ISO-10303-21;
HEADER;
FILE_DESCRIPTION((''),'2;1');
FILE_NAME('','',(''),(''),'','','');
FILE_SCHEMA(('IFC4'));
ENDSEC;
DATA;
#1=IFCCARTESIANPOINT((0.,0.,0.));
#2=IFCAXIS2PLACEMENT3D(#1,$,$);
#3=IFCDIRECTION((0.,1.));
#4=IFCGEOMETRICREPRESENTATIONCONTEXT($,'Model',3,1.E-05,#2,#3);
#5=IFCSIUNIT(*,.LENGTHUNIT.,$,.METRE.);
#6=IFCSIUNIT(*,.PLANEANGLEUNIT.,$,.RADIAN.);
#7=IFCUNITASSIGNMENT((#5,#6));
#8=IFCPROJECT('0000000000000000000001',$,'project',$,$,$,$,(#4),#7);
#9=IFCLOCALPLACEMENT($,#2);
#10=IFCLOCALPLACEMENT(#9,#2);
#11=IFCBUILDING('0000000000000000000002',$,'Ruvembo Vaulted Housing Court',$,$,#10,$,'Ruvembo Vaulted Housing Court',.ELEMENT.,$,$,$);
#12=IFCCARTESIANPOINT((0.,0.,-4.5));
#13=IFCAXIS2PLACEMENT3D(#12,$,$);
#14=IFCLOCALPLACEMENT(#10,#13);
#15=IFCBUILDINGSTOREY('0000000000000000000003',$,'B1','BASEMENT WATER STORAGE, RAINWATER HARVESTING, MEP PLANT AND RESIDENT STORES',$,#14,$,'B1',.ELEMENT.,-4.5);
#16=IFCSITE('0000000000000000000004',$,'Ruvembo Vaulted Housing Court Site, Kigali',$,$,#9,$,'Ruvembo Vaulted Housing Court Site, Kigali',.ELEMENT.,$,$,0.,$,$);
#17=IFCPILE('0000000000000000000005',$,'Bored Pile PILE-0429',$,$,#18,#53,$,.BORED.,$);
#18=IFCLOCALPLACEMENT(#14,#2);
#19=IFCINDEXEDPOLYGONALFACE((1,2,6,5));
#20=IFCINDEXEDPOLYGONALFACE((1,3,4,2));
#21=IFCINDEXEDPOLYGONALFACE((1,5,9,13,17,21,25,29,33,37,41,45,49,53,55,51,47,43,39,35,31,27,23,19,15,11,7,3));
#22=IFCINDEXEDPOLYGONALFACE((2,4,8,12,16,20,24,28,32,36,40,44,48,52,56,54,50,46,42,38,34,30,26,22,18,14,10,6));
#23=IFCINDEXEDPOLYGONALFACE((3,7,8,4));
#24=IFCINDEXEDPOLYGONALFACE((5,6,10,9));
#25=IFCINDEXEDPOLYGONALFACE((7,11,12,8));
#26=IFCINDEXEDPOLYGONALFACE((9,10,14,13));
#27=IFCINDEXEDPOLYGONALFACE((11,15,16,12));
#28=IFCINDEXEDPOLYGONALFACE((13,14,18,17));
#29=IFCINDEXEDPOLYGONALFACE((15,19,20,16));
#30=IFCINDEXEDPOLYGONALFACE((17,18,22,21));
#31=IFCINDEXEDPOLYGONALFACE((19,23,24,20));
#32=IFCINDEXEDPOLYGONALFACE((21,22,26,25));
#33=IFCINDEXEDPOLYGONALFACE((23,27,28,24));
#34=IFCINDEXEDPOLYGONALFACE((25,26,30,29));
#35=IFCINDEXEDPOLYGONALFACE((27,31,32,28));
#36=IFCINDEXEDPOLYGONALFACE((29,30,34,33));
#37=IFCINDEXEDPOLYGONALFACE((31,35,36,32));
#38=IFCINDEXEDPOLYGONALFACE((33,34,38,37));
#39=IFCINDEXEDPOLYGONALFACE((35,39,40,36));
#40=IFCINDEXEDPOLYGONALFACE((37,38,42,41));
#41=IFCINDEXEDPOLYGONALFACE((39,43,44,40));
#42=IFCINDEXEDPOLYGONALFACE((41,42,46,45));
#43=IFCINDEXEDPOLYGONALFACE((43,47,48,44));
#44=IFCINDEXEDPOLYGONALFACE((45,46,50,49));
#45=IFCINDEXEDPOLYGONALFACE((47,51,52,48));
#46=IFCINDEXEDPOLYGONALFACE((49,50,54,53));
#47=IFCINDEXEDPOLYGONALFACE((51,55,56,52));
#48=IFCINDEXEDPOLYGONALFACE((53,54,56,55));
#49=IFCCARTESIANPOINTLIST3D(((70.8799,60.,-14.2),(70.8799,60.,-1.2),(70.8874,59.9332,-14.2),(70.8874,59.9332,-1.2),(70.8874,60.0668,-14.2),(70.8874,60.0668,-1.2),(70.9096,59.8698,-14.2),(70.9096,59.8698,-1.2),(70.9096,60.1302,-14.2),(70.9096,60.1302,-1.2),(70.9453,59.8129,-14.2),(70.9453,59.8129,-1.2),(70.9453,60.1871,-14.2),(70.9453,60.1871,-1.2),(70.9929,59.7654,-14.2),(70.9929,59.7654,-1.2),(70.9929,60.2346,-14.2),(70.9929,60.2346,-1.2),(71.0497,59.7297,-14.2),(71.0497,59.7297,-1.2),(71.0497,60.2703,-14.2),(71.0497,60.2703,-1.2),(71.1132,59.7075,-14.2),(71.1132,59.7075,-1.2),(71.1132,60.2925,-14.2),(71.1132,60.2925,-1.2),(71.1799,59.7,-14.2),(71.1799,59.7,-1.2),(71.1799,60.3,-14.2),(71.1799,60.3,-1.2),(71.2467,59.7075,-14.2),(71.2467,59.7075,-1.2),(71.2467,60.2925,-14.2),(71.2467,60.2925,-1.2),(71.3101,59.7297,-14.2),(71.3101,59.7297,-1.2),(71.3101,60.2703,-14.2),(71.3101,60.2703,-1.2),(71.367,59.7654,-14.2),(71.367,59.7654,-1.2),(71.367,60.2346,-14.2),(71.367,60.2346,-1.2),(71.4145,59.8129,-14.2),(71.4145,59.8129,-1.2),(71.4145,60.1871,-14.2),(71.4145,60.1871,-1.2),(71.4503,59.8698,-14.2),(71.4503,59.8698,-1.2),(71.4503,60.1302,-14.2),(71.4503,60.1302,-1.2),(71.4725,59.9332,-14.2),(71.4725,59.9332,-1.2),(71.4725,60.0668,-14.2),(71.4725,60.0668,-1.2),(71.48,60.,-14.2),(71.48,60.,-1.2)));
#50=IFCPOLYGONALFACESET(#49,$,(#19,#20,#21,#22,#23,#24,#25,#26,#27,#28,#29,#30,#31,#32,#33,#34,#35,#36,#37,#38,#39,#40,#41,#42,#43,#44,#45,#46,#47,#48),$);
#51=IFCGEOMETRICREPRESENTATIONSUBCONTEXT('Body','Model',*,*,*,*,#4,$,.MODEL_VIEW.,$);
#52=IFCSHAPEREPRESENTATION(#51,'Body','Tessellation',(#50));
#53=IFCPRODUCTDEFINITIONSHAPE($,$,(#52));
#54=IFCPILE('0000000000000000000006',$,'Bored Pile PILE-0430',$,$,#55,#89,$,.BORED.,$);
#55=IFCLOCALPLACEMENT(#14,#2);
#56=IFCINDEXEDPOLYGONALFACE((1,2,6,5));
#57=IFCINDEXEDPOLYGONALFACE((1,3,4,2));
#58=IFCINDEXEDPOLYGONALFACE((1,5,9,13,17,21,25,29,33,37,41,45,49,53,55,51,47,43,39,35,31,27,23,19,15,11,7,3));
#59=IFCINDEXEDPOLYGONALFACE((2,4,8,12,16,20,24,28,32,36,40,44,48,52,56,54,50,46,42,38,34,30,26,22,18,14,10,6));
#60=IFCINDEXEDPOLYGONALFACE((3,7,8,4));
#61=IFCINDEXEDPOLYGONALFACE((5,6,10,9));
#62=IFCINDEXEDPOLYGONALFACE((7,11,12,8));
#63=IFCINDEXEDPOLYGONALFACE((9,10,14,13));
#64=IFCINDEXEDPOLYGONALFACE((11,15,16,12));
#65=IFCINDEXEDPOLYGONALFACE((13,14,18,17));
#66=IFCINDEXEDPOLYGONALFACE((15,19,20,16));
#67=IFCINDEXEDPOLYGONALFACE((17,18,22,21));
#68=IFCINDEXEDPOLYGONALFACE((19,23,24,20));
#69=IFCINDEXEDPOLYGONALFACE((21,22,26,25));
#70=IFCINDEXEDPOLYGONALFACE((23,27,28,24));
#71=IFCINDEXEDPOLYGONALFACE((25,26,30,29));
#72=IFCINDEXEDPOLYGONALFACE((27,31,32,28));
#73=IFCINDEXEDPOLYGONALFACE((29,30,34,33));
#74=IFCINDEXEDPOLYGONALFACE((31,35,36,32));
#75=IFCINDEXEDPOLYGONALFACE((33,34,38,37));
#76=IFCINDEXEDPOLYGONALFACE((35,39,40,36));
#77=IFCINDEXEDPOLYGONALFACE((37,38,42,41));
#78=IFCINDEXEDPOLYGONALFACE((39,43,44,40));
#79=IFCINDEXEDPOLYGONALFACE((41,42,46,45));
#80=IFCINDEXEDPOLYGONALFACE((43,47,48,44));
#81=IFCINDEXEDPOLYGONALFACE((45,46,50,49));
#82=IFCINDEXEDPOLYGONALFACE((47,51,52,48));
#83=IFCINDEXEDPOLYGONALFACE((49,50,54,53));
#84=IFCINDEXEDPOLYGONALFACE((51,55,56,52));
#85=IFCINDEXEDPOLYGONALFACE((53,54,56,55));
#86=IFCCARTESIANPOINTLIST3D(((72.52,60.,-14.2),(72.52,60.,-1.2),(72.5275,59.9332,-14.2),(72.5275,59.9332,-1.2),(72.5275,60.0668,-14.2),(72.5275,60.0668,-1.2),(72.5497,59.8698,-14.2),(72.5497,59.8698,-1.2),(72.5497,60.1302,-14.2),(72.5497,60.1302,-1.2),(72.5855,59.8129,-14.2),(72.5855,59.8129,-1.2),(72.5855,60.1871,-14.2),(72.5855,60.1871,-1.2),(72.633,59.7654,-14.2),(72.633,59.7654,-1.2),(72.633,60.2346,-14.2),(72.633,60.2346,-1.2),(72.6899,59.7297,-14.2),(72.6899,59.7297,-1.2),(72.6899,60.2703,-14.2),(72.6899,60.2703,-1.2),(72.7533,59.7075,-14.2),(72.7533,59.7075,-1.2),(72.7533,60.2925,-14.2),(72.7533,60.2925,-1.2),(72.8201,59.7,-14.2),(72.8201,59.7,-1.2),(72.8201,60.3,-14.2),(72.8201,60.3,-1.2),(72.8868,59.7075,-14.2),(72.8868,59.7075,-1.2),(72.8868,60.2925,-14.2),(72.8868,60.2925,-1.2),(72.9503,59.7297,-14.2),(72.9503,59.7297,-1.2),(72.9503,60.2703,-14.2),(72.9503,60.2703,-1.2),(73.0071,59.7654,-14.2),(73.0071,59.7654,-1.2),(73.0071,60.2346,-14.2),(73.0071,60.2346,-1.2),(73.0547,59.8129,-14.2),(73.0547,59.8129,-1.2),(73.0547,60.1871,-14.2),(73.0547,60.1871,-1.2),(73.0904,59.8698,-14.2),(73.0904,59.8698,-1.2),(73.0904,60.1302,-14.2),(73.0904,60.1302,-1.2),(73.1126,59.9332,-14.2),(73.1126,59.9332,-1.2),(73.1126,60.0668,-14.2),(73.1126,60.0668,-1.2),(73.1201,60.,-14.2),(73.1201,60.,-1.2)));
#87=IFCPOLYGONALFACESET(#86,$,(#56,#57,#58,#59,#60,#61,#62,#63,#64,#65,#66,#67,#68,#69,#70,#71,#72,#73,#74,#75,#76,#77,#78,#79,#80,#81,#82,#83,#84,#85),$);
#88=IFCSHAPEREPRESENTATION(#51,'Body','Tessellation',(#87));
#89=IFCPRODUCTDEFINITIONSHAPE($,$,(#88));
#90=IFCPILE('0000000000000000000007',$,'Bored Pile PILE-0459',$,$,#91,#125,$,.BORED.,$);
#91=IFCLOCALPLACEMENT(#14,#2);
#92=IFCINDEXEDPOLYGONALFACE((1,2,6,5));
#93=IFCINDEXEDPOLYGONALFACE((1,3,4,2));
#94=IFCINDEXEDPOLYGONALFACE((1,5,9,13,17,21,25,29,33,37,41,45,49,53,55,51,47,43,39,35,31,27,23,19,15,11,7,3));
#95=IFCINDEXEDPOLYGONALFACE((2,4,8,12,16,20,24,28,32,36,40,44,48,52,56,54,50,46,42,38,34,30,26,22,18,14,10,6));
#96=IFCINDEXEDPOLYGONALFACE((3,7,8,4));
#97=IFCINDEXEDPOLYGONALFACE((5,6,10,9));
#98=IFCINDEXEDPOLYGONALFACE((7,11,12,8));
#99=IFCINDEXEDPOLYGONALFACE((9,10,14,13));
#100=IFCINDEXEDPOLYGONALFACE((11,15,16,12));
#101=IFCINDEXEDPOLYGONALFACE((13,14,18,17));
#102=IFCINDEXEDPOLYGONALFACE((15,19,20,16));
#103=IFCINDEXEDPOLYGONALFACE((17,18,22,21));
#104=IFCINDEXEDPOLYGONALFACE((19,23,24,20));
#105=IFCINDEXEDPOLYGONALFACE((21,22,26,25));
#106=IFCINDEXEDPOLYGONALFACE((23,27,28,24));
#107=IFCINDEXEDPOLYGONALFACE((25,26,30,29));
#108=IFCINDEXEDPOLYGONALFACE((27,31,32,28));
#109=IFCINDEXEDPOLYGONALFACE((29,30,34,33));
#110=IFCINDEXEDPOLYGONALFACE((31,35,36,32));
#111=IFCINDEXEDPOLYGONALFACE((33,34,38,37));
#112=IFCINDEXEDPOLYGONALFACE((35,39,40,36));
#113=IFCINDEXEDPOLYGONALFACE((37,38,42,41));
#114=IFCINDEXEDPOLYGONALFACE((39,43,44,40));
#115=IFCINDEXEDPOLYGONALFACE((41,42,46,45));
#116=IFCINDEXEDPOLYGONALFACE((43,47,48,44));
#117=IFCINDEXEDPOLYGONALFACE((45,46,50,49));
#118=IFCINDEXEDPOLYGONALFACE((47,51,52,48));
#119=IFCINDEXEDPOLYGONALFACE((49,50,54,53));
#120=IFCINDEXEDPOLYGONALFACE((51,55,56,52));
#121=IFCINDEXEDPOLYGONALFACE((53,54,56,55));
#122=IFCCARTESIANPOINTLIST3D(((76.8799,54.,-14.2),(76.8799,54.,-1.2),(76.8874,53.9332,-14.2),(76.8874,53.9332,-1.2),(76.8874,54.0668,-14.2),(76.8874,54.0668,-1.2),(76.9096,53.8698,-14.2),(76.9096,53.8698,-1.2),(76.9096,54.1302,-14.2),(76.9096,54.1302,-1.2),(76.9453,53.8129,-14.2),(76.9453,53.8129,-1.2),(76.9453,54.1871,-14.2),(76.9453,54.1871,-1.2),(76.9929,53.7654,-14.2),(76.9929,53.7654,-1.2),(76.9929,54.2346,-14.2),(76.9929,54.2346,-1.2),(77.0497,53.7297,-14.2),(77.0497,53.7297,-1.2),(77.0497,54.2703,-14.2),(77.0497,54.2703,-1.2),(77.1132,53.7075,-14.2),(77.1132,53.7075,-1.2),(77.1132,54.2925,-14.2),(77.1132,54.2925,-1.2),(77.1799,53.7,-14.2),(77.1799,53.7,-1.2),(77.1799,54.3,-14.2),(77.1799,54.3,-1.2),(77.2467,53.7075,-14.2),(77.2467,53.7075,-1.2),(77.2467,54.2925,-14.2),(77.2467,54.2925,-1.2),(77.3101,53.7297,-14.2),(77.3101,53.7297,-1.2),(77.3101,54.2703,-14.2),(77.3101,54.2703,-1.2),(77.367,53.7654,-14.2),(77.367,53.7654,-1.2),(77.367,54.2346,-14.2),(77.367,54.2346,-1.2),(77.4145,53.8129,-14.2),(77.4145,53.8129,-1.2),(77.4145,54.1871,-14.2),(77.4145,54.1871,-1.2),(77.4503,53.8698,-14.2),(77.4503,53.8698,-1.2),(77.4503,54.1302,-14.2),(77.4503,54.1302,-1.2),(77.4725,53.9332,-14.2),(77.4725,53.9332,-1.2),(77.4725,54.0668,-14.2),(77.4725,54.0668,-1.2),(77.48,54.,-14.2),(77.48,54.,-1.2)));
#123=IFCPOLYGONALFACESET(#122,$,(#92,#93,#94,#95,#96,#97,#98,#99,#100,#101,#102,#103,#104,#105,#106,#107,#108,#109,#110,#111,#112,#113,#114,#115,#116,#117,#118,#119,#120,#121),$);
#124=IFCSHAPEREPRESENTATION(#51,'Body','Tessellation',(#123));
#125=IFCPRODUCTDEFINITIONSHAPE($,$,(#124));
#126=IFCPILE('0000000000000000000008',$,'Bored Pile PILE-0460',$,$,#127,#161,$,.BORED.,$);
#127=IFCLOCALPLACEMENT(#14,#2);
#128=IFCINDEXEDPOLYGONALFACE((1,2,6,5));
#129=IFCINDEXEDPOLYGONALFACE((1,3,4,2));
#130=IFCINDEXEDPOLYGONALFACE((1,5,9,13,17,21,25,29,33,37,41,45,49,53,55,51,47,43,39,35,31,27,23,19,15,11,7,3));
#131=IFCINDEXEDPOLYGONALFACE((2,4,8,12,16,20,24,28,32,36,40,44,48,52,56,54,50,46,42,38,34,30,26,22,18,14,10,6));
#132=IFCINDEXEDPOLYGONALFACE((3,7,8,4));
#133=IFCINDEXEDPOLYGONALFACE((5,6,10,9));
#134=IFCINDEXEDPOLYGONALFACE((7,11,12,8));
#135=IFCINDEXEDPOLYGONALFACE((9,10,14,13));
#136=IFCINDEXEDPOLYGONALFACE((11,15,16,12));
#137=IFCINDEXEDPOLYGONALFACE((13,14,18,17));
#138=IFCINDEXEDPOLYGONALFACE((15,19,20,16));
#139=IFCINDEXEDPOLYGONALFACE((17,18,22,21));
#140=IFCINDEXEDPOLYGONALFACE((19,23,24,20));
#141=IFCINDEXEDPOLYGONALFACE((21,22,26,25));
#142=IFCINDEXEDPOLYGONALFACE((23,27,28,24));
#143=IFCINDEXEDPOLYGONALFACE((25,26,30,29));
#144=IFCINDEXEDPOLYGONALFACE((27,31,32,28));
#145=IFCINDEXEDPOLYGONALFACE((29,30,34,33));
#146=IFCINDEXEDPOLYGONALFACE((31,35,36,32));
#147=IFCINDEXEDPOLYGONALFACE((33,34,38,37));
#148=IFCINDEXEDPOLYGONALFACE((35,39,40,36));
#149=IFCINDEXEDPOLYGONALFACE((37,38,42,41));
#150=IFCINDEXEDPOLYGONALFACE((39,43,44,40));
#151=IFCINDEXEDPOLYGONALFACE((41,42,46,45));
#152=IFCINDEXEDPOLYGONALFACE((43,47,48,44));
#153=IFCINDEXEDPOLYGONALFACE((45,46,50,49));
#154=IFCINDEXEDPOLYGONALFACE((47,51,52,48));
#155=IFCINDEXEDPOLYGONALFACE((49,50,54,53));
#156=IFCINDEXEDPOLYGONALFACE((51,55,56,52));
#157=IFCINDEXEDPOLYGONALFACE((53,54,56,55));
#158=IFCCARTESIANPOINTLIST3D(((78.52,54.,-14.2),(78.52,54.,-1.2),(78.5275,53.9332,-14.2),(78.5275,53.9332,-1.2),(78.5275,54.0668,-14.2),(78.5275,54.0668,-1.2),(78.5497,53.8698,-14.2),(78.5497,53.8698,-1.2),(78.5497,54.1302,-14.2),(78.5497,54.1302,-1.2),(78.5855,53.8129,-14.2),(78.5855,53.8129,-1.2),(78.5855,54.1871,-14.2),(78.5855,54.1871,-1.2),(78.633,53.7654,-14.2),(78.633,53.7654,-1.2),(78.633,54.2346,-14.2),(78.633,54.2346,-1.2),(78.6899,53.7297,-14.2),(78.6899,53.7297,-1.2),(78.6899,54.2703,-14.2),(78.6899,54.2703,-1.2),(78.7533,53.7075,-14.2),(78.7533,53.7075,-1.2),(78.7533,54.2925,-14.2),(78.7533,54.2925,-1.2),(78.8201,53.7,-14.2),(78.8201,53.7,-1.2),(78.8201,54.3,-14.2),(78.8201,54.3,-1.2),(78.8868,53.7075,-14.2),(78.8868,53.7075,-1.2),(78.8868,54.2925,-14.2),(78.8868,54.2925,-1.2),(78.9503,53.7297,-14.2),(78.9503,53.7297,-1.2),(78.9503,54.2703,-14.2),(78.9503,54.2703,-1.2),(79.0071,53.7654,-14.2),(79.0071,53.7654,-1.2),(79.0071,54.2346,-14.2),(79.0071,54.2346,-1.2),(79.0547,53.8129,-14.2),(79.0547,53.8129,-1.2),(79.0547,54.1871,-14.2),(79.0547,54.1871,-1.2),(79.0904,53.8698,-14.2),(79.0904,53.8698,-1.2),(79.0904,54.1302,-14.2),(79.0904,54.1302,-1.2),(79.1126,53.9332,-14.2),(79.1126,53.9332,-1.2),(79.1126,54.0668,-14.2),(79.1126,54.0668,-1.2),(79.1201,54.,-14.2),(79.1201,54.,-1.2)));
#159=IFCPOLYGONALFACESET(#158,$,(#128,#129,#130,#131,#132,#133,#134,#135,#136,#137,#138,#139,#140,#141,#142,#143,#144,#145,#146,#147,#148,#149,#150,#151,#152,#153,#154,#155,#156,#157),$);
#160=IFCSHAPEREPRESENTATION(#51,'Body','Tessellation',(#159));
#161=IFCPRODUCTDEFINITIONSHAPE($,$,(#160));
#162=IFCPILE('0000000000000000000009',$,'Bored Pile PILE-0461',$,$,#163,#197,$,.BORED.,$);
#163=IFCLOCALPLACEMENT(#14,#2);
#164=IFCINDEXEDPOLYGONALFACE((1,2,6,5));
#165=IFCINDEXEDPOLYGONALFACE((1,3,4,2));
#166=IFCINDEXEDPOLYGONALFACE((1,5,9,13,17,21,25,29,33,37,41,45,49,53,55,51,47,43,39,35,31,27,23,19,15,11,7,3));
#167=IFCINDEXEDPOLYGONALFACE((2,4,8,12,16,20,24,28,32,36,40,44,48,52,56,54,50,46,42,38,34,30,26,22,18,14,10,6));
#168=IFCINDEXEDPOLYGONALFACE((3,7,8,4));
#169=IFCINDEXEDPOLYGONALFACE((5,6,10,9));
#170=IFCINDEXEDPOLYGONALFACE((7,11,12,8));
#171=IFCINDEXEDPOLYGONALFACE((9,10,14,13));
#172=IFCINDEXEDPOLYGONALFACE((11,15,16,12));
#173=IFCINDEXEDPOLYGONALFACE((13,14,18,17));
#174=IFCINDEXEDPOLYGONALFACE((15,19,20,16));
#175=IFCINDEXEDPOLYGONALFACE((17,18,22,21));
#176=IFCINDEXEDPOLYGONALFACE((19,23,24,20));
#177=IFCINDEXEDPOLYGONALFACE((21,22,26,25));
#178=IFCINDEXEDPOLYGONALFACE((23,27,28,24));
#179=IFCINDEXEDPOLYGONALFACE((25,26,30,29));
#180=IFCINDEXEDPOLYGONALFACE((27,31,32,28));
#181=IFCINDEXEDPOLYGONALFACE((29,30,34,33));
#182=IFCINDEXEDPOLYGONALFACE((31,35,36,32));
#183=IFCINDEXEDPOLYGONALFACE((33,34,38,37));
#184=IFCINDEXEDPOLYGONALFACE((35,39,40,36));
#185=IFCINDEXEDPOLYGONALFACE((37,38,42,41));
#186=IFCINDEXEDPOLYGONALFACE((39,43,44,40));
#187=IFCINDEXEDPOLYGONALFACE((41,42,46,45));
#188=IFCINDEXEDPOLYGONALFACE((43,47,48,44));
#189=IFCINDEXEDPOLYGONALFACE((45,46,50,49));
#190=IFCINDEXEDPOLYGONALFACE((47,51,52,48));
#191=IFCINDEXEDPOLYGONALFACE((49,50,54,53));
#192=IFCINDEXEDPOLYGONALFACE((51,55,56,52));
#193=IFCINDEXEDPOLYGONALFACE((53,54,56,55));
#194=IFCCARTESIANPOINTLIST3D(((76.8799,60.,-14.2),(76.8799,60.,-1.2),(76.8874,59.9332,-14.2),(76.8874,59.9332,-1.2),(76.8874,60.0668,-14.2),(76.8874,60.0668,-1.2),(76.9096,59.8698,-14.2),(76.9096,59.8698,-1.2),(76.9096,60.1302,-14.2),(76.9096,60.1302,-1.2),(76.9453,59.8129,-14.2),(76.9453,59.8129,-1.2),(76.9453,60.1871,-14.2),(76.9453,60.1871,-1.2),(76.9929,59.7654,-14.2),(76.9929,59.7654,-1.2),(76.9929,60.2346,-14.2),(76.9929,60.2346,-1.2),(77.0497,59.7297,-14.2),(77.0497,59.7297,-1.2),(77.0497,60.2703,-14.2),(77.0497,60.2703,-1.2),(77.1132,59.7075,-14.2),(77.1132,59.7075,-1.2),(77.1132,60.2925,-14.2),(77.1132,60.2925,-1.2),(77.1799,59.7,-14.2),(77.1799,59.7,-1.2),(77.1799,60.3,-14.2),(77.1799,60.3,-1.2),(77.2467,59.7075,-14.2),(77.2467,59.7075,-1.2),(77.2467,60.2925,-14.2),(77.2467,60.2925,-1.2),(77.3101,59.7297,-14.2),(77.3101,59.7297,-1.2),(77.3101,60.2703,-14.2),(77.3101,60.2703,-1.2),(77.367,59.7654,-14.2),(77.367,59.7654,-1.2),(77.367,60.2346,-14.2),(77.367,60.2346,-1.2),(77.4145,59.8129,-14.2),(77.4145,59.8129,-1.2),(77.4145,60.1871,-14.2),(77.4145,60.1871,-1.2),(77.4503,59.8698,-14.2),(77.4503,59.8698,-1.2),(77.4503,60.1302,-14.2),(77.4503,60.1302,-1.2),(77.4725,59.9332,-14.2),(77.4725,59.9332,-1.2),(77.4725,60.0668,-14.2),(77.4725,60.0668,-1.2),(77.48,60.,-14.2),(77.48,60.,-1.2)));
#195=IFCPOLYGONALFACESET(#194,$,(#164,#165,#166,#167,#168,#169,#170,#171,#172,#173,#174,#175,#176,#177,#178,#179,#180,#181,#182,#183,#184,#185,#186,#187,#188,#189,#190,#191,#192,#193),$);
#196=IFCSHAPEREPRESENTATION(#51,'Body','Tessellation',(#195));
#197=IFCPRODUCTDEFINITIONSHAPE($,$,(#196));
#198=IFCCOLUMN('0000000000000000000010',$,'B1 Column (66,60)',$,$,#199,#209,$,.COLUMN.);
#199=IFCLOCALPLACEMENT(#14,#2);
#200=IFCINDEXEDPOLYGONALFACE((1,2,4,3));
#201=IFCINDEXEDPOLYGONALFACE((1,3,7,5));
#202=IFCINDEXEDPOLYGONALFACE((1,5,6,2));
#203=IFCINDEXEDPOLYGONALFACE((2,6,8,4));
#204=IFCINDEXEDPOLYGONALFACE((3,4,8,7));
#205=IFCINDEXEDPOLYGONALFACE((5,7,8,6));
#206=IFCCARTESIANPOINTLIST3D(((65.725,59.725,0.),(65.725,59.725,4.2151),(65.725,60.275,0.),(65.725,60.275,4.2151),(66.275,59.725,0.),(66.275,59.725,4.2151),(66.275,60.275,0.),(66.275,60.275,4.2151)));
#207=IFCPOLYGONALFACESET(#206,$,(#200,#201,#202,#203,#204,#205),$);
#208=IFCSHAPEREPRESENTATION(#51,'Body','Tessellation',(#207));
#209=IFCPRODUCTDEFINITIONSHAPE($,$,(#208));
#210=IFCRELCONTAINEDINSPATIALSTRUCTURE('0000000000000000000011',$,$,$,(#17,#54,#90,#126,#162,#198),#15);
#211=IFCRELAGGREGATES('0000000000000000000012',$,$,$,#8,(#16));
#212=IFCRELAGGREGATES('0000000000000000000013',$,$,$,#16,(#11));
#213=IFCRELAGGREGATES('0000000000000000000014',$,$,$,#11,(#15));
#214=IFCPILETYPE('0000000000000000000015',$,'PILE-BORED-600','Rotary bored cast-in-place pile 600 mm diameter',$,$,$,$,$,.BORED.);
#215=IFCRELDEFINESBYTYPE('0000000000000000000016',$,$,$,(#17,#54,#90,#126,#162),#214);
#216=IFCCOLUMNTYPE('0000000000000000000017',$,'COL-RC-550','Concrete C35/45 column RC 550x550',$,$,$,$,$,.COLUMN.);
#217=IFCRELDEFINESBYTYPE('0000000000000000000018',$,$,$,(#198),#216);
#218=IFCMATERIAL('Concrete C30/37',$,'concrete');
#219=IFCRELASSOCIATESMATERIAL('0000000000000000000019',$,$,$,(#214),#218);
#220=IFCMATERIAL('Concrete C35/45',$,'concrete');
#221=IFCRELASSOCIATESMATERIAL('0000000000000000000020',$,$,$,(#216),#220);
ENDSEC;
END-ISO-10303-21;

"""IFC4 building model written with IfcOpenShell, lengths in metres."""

from ifc_helpers import new_model, si_unit, direction, frame, origin, origin_2d, place, context, subcontext, project, spatial, rectangle, circle, extrude, material, material_profile, profile_set, type_object, element, save


model = new_model("IFC4")

# Units and contexts
model_context = context("Model", 3, precision=1e-05, world=origin(), true_north=direction((0.0, 1.0)))
body_context = subcontext(model_context, "Body", "Model", "MODEL_VIEW")
ifc_project = project(units=[si_unit("LENGTHUNIT", "METRE"), si_unit("PLANEANGLEUNIT", "RADIAN")], contexts=[model_context])

# Site, building, storey
site_placement = place(None, origin())
site = spatial("IfcSite", under=ifc_project, at=site_placement, Name="Ruvembo Vaulted Housing Court Site, Kigali", LongName="Ruvembo Vaulted Housing Court Site, Kigali", CompositionType="ELEMENT", RefElevation=0.0)
building_placement = place(site_placement, origin())
building = spatial("IfcBuilding", under=site, at=building_placement, Name="Ruvembo Vaulted Housing Court", LongName="Ruvembo Vaulted Housing Court", CompositionType="ELEMENT")
storey_placement = place(building_placement, frame((0.0, 0.0, -4.5)))
storey = spatial("IfcBuildingStorey", under=building, at=storey_placement, Name="B1", Description="BASEMENT WATER STORAGE, RAINWATER HARVESTING, MEP PLANT AND RESIDENT STORES", LongName="B1", CompositionType="ELEMENT", Elevation=-4.5)

# Shared definitions
ifc_material_1 = material(Name="Concrete C35/45", Category="concrete")

# Piles
ifc_material_2 = material(Name="Concrete C30/37", Category="concrete")
ifc_material_profile_1 = material_profile(ifc_material_2, circle(Radius=0.3, at=origin_2d()), Name="PILE D600")
ifc_profile_set_1 = profile_set([ifc_material_profile_1], Name="Concrete C30/37")
pile_type = type_object("IfcPileType", Name="PILE-BORED-600", Description="Rotary bored cast-in-place pile 600 mm diameter", PredefinedType="BORED", material=ifc_profile_set_1)
for number, where, z_axis, x_axis, name in (
    (1, (71.1799, 60.0, -1.2), (0.0, 0.0, -1.0), (1.0, 0.0, 0.0), "Bored Pile PILE-0429"),
    (2, (72.8201, 60.0, -1.2), (0.0, 0.0, -1.0), (1.0, 0.0, 0.0), "Bored Pile PILE-0430"),
    (3, (77.1799, 54.0, -1.2), (0.0, 0.0, -1.0), (1.0, 0.0, 0.0), "Bored Pile PILE-0459"),
    (4, (78.8201, 54.0, -1.2), (0.0, 0.0, -1.0), (1.0, 0.0, 0.0), "Bored Pile PILE-0460"),
    (5, (77.1799, 60.0, -1.2), (0.0, 0.0, -1.0), (1.0, 0.0, 0.0), "Bored Pile PILE-0461"),
):
    element("IfcPile", number, at=place(storey_placement, frame(where, z_axis=z_axis, x_axis=x_axis)), inside=storey, type_object=pile_type, Name=name, PredefinedType="BORED", context=body_context, shape_type="SweptSolid", body=[
        extrude(circle(Radius=0.3, at=origin_2d()), origin(), (0.0, 0.0, 1.0), 13.0),
    ])

# Column
ifc_material_profile_2 = material_profile(ifc_material_1, rectangle(XDim=0.55, YDim=0.55, at=origin_2d()), Name="RC 550x550")
ifc_profile_set_2 = profile_set([ifc_material_profile_2], Name="Concrete C35/45")
column_type_1 = type_object("IfcColumnType", Name="COL-RC-550", Description="Concrete C35/45 column RC 550x550", PredefinedType="COLUMN", material=ifc_profile_set_2)
for number, where, z_axis, x_axis, name in (
    (6, (66.0, 60.0, 0.0), (0.0, 0.0, 1.0), (1.0, 0.0, 0.0), "B1 Column (66,60)"),
):
    element("IfcColumn", number, at=place(storey_placement, frame(where, z_axis=z_axis, x_axis=x_axis)), inside=storey, type_object=column_type_1, Name=name, PredefinedType="COLUMN", context=body_context, shape_type="SweptSolid", body=[
        extrude(rectangle(XDim=0.55, YDim=0.55, at=origin_2d()), origin(), (0.0, 0.0, 1.0), 4.2151),
    ])

save(model, "model.ifc")
